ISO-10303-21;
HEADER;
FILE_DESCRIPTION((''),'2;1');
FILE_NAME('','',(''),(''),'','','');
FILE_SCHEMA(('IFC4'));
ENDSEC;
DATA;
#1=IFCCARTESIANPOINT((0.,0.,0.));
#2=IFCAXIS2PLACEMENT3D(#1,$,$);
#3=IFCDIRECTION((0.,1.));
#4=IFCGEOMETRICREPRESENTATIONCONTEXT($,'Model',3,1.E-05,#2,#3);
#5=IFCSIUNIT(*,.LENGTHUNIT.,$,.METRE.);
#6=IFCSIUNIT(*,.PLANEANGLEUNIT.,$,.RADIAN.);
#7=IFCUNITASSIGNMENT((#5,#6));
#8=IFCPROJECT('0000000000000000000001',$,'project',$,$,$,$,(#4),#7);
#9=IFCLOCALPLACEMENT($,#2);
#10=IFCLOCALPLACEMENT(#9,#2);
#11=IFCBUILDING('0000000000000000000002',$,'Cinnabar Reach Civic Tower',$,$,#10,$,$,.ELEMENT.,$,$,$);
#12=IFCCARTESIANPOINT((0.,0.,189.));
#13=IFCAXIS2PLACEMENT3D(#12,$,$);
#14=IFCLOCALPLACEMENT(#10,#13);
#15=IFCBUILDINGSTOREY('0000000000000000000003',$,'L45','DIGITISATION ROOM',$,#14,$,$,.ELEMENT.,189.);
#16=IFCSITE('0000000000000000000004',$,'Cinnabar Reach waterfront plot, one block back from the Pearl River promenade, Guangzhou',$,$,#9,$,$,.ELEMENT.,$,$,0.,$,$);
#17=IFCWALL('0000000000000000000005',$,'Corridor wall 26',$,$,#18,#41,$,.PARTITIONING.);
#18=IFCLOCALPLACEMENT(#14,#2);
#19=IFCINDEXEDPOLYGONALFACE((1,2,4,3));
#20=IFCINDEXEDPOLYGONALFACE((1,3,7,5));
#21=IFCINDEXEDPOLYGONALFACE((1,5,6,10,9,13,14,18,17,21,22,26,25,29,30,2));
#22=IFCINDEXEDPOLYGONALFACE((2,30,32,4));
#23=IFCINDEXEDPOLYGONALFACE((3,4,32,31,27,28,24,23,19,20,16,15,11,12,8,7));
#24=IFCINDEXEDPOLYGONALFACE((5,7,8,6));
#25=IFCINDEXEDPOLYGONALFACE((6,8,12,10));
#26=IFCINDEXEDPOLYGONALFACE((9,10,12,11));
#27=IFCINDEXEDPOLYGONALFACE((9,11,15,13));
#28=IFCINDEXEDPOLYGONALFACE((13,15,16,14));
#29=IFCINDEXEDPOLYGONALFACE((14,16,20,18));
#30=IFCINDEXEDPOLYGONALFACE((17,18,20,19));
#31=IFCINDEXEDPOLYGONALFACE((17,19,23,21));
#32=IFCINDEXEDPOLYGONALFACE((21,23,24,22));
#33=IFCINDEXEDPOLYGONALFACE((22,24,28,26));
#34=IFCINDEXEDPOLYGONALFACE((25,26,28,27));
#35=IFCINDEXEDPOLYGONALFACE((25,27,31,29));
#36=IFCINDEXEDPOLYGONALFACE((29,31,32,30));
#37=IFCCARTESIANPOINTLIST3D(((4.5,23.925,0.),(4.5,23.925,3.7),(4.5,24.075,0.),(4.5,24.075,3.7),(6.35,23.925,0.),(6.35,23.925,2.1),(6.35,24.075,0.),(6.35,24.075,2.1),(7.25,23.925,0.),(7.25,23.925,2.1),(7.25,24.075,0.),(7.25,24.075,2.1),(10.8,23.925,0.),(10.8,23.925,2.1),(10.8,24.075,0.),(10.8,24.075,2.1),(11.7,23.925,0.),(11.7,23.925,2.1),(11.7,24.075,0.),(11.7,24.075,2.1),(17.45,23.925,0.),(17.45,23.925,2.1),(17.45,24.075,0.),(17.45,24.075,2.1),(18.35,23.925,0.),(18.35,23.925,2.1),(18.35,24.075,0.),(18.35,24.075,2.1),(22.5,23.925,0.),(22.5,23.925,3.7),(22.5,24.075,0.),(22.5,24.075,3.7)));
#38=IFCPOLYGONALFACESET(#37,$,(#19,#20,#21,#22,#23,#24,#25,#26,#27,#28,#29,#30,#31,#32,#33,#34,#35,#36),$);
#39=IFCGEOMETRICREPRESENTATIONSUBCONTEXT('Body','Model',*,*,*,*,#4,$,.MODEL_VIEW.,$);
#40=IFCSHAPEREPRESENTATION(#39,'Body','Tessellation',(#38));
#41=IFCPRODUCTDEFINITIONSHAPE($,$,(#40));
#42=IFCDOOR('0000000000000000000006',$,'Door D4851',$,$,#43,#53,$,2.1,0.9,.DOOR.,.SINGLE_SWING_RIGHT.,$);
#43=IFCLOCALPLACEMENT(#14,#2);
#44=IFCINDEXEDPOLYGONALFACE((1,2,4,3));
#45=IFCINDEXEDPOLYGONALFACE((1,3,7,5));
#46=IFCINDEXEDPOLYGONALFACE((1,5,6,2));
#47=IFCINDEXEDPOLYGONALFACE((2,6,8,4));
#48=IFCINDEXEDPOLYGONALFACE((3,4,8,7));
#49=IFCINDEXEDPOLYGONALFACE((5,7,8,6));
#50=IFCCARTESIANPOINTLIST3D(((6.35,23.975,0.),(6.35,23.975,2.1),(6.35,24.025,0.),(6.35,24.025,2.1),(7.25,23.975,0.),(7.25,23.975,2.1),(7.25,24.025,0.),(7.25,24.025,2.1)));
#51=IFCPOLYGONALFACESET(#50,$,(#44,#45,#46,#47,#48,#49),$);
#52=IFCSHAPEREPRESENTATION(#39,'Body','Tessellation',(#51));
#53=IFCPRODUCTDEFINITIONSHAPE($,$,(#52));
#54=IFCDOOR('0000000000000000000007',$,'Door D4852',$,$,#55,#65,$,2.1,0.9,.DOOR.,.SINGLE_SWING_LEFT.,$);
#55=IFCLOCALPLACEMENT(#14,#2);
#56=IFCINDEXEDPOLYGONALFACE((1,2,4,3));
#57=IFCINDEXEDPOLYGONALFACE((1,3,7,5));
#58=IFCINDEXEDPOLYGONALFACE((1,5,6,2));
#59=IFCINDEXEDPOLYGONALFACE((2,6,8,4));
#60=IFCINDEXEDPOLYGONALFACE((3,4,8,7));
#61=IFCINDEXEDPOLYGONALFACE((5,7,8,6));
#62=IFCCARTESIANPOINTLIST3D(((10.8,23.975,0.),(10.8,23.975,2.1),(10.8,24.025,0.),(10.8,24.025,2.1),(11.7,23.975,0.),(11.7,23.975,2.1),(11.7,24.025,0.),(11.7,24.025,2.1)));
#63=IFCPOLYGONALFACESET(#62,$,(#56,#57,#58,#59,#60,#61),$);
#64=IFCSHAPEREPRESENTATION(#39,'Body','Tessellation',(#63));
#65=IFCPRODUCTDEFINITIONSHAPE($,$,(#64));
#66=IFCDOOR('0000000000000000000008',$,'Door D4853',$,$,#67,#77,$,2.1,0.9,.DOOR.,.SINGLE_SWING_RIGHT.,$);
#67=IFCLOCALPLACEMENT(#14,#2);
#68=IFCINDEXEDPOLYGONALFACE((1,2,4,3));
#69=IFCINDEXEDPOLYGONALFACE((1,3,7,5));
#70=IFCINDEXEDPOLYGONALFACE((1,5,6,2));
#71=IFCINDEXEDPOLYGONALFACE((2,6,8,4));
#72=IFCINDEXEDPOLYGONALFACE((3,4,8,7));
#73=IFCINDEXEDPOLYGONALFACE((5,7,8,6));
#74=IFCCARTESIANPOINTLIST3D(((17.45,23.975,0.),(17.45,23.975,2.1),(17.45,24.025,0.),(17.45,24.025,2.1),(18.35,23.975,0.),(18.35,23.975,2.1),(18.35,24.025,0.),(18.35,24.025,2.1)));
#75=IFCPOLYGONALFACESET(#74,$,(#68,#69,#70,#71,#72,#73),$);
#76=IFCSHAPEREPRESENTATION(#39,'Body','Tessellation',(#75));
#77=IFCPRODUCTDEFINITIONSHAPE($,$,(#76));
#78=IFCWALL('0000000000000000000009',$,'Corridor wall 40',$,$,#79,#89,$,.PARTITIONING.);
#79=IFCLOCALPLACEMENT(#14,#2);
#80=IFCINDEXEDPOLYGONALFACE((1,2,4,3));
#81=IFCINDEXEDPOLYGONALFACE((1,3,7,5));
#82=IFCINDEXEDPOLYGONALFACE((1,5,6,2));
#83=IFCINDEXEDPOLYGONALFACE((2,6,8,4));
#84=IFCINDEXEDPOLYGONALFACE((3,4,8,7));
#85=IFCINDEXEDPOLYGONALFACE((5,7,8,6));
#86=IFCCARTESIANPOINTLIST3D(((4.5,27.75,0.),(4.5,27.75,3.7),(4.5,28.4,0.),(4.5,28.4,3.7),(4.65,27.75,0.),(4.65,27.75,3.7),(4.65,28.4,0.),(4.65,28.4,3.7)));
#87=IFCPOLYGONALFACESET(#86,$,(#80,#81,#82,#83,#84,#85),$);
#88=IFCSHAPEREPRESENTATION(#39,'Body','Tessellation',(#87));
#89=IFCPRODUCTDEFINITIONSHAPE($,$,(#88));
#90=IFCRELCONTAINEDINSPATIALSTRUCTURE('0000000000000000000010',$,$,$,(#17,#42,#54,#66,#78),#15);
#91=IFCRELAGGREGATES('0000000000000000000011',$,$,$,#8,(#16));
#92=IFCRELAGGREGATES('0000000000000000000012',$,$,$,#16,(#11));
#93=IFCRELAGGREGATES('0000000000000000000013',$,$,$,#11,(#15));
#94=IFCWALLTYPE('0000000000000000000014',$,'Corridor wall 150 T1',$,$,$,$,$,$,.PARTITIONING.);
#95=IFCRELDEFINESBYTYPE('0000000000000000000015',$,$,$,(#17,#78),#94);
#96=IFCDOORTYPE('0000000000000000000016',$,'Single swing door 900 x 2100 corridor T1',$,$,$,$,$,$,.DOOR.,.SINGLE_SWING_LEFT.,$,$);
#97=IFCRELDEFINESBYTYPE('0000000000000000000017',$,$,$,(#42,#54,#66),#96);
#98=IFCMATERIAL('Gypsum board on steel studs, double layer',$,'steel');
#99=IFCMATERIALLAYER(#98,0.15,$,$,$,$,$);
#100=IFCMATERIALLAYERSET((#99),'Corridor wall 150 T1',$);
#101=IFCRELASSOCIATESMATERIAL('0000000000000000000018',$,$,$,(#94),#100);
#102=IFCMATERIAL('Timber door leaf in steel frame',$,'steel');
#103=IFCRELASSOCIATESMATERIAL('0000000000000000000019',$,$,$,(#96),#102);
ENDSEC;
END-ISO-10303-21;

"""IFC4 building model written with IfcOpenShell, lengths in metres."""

from ifc_helpers import new_model, si_unit, direction, frame, frame_2d, origin, place, context, subcontext, project, spatial, rectangle, extrude, material, layer, layer_set, type_object, element, fill, save


model = new_model("IFC4")

# Units and contexts
model_context = context("Model", 3, precision=1e-05, world=origin(), true_north=direction((0.0, 1.0)))
body_context = subcontext(model_context, "Body", "Model", "MODEL_VIEW")
ifc_project = project(units=[si_unit("LENGTHUNIT", "METRE"), si_unit("PLANEANGLEUNIT", "RADIAN")], contexts=[model_context])

# Site, building, storey
site_placement = place(None, origin())
site = spatial("IfcSite", under=ifc_project, at=site_placement, Name="Cinnabar Reach waterfront plot, one block back from the Pearl River promenade, Guangzhou", CompositionType="ELEMENT", RefElevation=0.0)
building_placement = place(site_placement, origin())
building = spatial("IfcBuilding", under=site, at=building_placement, Name="Cinnabar Reach Civic Tower", CompositionType="ELEMENT")
storey_placement = place(building_placement, frame((0.0, 0.0, 189.0)))
storey = spatial("IfcBuildingStorey", under=building, at=storey_placement, Name="L45", Description="DIGITISATION ROOM", CompositionType="ELEMENT", Elevation=189.0)

# Shared definitions
ifc_material_1 = material(Name="Timber door leaf in steel frame", Category="steel")

# Shared definitions
ifc_material_2 = material(Name="Gypsum board on steel studs, double layer", Category="steel")
ifc_layer_1 = layer(ifc_material_2, 0.15)
ifc_layer_set_1 = layer_set([ifc_layer_1], Name="Corridor wall 150 T1")
wall_type_1 = type_object("IfcWallType", Name="Corridor wall 150 T1", PredefinedType="PARTITIONING", material=ifc_layer_set_1)

# Wall, openings, doors
wall_1_placement = place(storey_placement, frame((4.5, 24.0, 0.0), z_axis=(0.0, 0.0, 1.0), x_axis=(1.0, 0.0, 0.0)))
wall_1 = element("IfcWall", 1, at=wall_1_placement, inside=storey, type_object=wall_type_1, Name="Corridor wall 26", PredefinedType="PARTITIONING", context=body_context, shape_type="SweptSolid", body=[
    extrude(rectangle(XDim=18.0, YDim=0.15, at=frame_2d((9.0, 0.0))), origin(), (0.0, 0.0, 1.0), 3.7),
])
opening_1_placement = place(wall_1_placement, frame((1.85, 0.0, 0.0)))
opening_1 = element("IfcOpeningElement", 2, at=opening_1_placement, cuts=wall_1, PredefinedType="OPENING", context=body_context, shape_type="SweptSolid", body=[
    extrude(rectangle(XDim=0.9, YDim=2.1, at=frame_2d((0.45, 1.05))), frame((0.0, 0.085, 0.0), z_axis=(0.0, -1.0, 0.0), x_axis=(1.0, 0.0, 0.0)), (0.0, 0.0, 1.0), 0.17),
])
opening_2_placement = place(wall_1_placement, frame((6.3, 0.0, 0.0)))
opening_2 = element("IfcOpeningElement", 3, at=opening_2_placement, cuts=wall_1, PredefinedType="OPENING", context=body_context, shape_type="SweptSolid", body=[
    extrude(rectangle(XDim=0.9, YDim=2.1, at=frame_2d((0.45, 1.05))), frame((0.0, 0.085, 0.0), z_axis=(0.0, -1.0, 0.0), x_axis=(1.0, 0.0, 0.0)), (0.0, 0.0, 1.0), 0.17),
])
opening_3_placement = place(wall_1_placement, frame((12.95, 0.0, 0.0)))
opening_3 = element("IfcOpeningElement", 4, at=opening_3_placement, cuts=wall_1, PredefinedType="OPENING", context=body_context, shape_type="SweptSolid", body=[
    extrude(rectangle(XDim=0.9, YDim=2.1, at=frame_2d((0.45, 1.05))), frame((0.0, 0.085, 0.0), z_axis=(0.0, -1.0, 0.0), x_axis=(1.0, 0.0, 0.0)), (0.0, 0.0, 1.0), 0.17),
])
door_type_1 = type_object("IfcDoorType", Name="Single swing door 900 x 2100 corridor T1", OperationType="SINGLE_SWING_LEFT", PredefinedType="DOOR", material=ifc_material_1)
door_1_placement = place(opening_1_placement, frame((0.9, 0.0, 0.0), z_axis=(0.0, 0.0, 1.0), x_axis=(-1.0, 0.0, 0.0)))
door_1 = element("IfcDoor", 5, at=door_1_placement, inside=storey, type_object=door_type_1, Name="Door D4851", OperationType="SINGLE_SWING_RIGHT", OverallHeight=2.1, OverallWidth=0.9, PredefinedType="DOOR", context=body_context, shape_type="SweptSolid", body=[
    extrude(rectangle(XDim=0.9, YDim=2.1, at=frame_2d((0.45, 1.05))), frame((0.0, 0.025, 0.0), z_axis=(0.0, -1.0, 0.0), x_axis=(1.0, 0.0, 0.0)), (0.0, 0.0, 1.0), 0.05),
])
fill(opening_1, door_1)
door_2_placement = place(opening_2_placement, frame((0.9, 0.0, 0.0), z_axis=(0.0, 0.0, 1.0), x_axis=(-1.0, 0.0, 0.0)))
door_2 = element("IfcDoor", 6, at=door_2_placement, inside=storey, type_object=door_type_1, Name="Door D4852", OperationType="SINGLE_SWING_LEFT", OverallHeight=2.1, OverallWidth=0.9, PredefinedType="DOOR", context=body_context, shape_type="SweptSolid", body=[
    extrude(rectangle(XDim=0.9, YDim=2.1, at=frame_2d((0.45, 1.05))), frame((0.0, 0.025, 0.0), z_axis=(0.0, -1.0, 0.0), x_axis=(1.0, 0.0, 0.0)), (0.0, 0.0, 1.0), 0.05),
])
fill(opening_2, door_2)
door_3_placement = place(opening_3_placement, frame((0.9, 0.0, 0.0), z_axis=(0.0, 0.0, 1.0), x_axis=(-1.0, 0.0, 0.0)))
door_3 = element("IfcDoor", 7, at=door_3_placement, inside=storey, type_object=door_type_1, Name="Door D4853", OperationType="SINGLE_SWING_RIGHT", OverallHeight=2.1, OverallWidth=0.9, PredefinedType="DOOR", context=body_context, shape_type="SweptSolid", body=[
    extrude(rectangle(XDim=0.9, YDim=2.1, at=frame_2d((0.45, 1.05))), frame((0.0, 0.025, 0.0), z_axis=(0.0, -1.0, 0.0), x_axis=(1.0, 0.0, 0.0)), (0.0, 0.0, 1.0), 0.05),
])
fill(opening_3, door_3)

# Wall
wall_2_placement = place(storey_placement, frame((4.575, 27.75, 0.0), z_axis=(0.0, 0.0, 1.0), x_axis=(0.0, 1.0, 0.0)))
element("IfcWall", 8, at=wall_2_placement, inside=storey, type_object=wall_type_1, Name="Corridor wall 40", PredefinedType="PARTITIONING", context=body_context, shape_type="SweptSolid", body=[
    extrude(rectangle(XDim=0.65, YDim=0.15, at=frame_2d((0.325, 0.0))), origin(), (0.0, 0.0, 1.0), 3.7),
])

save(model, "model.ifc")
